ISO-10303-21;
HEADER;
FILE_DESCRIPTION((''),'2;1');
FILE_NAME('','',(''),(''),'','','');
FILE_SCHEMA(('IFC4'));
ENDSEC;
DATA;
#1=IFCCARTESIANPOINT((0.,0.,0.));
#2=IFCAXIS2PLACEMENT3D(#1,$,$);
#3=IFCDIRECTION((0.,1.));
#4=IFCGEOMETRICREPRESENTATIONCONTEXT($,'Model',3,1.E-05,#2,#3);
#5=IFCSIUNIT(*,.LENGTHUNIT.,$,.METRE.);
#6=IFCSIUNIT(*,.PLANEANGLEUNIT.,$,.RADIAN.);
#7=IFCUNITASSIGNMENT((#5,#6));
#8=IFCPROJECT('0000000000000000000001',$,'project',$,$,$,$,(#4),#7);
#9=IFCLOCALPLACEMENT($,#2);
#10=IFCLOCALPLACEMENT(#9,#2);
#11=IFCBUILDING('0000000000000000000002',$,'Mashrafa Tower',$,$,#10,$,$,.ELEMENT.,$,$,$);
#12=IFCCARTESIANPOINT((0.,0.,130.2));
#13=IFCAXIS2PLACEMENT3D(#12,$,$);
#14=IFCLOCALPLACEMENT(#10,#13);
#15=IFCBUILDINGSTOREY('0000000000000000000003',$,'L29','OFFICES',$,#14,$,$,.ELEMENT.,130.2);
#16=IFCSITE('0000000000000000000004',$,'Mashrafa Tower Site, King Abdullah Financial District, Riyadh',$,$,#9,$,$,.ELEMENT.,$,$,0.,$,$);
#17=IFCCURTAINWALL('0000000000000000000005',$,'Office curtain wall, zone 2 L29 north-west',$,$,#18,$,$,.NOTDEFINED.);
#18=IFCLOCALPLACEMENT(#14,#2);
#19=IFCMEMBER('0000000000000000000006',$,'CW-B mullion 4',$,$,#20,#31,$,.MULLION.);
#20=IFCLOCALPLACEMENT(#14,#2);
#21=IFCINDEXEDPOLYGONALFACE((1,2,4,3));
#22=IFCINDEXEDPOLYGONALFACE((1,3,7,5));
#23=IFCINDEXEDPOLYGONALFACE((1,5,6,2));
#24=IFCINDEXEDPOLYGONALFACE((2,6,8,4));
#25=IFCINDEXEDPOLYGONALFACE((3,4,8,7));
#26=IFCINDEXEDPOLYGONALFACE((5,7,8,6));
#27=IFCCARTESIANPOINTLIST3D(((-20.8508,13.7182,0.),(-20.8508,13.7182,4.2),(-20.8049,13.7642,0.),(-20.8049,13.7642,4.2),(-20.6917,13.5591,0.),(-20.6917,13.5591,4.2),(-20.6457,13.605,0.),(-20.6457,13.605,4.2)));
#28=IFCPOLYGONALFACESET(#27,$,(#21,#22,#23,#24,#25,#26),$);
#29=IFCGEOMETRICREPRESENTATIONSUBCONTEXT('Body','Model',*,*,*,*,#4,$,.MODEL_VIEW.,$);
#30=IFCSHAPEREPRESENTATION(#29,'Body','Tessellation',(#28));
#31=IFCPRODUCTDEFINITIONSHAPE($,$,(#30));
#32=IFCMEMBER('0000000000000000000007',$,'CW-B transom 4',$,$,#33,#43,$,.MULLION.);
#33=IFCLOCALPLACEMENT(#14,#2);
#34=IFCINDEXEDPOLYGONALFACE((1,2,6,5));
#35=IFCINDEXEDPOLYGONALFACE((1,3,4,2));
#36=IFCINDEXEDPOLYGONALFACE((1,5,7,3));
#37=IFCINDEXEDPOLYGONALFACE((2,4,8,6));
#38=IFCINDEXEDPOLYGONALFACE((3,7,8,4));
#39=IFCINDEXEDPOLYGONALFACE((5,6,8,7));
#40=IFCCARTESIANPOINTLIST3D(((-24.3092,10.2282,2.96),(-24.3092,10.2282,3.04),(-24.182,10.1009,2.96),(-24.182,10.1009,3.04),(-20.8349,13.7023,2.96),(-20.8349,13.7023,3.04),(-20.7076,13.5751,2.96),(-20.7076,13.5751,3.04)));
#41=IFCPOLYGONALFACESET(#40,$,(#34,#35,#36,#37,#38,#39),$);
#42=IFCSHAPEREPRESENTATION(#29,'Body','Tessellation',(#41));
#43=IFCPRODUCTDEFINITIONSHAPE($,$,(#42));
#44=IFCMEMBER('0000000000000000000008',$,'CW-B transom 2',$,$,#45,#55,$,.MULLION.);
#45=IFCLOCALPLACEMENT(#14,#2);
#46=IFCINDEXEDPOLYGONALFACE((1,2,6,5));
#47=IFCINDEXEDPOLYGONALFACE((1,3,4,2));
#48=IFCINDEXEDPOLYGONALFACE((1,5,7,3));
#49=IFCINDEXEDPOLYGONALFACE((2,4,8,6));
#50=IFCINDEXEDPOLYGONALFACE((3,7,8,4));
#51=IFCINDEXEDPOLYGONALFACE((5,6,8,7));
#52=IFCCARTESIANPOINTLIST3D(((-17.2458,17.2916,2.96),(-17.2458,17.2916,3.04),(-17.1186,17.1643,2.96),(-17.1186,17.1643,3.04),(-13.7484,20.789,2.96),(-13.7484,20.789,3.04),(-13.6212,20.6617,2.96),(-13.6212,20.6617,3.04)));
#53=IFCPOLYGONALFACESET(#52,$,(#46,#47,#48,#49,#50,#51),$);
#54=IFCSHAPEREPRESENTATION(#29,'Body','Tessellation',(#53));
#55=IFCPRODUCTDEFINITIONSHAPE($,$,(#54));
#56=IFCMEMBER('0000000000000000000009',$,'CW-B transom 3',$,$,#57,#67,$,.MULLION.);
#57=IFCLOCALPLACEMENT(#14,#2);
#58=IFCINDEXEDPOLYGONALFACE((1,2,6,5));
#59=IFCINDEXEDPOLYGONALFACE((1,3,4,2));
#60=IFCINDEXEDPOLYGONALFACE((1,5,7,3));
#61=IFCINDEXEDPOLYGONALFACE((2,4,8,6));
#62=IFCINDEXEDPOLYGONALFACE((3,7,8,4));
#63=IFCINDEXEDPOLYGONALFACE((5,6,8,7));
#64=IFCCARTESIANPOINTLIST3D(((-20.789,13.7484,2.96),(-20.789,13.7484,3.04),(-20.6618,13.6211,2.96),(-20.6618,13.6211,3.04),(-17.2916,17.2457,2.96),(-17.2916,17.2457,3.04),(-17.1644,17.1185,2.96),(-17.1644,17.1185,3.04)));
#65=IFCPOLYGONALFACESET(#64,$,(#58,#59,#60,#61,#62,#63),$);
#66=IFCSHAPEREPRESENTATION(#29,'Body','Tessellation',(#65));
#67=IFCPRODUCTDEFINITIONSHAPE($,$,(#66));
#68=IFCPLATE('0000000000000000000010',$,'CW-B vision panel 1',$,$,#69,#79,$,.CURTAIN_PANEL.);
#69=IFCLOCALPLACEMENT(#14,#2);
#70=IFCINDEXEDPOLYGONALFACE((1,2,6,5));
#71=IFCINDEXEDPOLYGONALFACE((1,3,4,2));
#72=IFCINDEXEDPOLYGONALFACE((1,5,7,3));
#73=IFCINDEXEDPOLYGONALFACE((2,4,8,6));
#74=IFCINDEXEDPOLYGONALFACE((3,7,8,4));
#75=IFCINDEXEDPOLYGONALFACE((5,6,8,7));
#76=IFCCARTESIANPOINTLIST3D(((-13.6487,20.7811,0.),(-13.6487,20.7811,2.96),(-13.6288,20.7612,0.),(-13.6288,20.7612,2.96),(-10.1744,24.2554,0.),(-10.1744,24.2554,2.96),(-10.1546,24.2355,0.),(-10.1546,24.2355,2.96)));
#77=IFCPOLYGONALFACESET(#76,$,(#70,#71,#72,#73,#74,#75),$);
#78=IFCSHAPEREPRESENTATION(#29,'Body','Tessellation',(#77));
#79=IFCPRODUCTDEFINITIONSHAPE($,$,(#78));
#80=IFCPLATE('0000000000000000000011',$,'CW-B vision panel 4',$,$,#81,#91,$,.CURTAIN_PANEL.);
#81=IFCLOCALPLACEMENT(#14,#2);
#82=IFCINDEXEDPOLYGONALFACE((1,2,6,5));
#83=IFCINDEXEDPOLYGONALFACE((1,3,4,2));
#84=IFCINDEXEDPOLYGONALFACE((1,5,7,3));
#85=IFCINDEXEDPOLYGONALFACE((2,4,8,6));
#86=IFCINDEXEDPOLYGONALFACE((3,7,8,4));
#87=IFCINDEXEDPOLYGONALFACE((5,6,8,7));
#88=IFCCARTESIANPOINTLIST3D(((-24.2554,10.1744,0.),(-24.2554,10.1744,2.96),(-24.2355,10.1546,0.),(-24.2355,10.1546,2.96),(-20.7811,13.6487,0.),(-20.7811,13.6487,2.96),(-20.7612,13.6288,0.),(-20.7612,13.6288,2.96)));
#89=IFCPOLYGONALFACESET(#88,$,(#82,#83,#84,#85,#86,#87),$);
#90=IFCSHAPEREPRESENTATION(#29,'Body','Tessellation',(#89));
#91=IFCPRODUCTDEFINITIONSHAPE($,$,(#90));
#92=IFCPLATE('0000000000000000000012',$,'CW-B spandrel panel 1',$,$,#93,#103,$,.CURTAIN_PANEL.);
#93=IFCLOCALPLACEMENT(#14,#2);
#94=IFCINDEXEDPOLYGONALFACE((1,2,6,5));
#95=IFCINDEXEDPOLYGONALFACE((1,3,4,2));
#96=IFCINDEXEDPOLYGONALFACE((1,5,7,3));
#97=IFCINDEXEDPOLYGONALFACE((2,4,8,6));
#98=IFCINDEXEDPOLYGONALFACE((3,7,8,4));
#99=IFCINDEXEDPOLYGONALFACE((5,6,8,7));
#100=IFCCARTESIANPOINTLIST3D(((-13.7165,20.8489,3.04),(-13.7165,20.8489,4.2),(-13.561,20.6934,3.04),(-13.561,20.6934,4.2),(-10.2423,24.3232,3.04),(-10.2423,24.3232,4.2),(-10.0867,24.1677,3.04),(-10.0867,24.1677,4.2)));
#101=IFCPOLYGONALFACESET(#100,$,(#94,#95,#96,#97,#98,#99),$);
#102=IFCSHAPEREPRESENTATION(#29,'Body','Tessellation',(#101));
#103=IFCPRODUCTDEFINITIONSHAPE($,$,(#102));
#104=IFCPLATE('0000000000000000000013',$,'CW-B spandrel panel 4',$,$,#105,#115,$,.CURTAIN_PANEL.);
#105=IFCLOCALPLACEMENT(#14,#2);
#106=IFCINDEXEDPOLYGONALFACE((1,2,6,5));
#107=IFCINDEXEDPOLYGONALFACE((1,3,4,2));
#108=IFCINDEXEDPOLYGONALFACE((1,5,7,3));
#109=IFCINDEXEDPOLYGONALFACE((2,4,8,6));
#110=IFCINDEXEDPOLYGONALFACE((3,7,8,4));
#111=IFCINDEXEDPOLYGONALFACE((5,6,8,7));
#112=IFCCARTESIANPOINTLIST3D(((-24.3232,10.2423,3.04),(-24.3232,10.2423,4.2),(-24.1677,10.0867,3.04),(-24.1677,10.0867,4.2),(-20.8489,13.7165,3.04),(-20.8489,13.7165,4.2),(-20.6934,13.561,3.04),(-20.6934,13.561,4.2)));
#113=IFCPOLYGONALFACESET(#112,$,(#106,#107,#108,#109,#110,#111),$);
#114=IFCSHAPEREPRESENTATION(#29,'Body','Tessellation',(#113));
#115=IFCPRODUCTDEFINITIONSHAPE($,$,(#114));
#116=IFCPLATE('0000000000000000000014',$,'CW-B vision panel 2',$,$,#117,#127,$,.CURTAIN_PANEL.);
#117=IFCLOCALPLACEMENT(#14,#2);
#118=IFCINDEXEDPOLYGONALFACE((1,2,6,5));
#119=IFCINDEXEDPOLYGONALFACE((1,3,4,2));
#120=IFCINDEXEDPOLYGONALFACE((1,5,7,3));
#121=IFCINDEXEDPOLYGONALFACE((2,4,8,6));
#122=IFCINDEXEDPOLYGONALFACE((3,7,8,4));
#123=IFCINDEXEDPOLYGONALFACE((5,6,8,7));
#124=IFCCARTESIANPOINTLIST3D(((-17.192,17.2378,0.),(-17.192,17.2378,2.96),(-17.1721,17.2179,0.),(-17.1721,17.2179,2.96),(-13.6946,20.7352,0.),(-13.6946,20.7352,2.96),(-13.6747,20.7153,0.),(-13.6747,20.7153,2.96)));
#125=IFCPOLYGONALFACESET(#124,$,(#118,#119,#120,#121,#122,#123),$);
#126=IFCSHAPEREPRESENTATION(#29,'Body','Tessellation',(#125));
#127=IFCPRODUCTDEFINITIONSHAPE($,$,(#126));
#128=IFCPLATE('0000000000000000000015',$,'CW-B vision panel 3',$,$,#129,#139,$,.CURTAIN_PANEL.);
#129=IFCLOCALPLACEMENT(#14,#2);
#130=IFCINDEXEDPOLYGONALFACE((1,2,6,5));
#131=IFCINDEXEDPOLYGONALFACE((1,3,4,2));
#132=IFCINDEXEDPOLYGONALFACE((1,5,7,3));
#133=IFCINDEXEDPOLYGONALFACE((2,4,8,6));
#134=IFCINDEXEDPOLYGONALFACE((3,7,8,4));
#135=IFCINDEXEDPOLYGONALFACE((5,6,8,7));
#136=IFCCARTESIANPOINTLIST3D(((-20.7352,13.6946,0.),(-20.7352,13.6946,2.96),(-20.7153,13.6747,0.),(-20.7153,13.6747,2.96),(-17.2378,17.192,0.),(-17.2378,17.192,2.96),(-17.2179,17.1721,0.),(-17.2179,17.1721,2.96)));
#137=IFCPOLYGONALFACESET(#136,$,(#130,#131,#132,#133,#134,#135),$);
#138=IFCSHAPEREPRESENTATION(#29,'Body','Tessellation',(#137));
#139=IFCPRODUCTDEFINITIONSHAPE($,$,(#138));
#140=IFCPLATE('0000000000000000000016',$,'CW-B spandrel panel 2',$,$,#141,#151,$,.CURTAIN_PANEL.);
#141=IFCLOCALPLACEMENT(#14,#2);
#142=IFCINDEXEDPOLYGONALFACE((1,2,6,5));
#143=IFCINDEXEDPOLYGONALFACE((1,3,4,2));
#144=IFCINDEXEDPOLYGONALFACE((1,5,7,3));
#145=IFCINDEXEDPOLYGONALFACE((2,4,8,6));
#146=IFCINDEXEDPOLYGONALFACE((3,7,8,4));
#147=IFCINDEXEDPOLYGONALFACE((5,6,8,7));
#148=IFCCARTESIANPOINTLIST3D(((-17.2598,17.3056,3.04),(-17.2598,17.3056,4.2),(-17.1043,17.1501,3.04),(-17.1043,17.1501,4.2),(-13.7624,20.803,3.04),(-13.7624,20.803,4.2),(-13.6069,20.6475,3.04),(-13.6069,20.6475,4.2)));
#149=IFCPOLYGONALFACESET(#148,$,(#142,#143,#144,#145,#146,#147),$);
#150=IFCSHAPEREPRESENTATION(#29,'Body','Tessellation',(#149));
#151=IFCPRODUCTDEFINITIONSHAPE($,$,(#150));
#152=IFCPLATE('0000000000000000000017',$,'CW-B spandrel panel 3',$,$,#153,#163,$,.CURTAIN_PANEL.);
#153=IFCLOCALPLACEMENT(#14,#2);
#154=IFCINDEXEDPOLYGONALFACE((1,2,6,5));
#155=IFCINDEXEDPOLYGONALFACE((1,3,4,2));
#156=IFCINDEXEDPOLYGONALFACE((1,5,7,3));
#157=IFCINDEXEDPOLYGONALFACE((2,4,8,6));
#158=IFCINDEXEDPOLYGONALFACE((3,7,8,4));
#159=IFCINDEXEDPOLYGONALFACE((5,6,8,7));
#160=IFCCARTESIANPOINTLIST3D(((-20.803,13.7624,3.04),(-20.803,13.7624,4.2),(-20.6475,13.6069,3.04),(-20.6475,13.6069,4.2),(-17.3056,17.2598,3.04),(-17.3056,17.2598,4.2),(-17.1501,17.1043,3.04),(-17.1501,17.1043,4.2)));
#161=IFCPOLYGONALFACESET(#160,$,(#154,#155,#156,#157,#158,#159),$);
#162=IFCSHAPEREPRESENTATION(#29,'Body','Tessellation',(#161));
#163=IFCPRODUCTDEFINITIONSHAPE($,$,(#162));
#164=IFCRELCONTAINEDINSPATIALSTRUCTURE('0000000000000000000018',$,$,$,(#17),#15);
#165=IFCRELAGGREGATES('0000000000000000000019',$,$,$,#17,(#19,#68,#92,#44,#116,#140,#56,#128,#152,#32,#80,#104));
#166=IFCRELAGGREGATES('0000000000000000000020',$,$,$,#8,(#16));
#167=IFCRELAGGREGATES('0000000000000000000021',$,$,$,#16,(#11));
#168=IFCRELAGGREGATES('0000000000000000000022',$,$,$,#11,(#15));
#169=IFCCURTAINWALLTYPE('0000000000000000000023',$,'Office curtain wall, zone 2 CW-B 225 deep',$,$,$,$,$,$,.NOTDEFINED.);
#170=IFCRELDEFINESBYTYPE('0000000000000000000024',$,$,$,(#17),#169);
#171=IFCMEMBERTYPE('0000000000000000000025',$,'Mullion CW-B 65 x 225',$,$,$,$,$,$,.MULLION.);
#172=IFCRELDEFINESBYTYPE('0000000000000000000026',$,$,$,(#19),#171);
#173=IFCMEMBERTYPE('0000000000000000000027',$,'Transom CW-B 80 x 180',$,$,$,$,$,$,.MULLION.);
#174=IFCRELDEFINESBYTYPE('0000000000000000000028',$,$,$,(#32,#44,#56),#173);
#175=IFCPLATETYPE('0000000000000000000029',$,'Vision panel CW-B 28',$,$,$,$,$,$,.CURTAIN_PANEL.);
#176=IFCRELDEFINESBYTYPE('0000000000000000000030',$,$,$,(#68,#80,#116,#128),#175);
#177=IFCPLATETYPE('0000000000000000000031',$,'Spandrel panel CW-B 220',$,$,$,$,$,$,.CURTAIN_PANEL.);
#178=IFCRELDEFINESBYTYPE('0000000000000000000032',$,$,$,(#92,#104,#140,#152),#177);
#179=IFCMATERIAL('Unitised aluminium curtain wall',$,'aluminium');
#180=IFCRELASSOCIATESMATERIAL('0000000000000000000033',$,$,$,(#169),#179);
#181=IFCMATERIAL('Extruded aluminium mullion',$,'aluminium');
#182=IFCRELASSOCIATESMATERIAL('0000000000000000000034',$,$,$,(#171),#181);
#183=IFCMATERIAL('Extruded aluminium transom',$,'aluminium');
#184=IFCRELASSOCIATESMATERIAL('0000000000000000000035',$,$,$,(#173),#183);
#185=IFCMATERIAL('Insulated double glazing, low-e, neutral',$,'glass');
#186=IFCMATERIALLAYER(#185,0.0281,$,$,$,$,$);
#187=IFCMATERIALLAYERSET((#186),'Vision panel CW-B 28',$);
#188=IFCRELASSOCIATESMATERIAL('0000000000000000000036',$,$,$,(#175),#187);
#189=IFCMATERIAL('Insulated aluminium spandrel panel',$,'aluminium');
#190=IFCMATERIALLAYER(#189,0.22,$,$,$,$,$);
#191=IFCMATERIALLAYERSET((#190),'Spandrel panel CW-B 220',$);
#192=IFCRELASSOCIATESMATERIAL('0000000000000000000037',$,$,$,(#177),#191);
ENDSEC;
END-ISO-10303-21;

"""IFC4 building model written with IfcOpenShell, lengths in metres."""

from ifc_helpers import new_model, si_unit, direction, frame, origin, origin_2d, place, context, subcontext, project, spatial, rectangle, extrude, source, transform, mapped, material, layer, layer_set, material_profile, profile_set, type_object, type_shapes, element, aggregate, save


model = new_model("IFC4")

# Units and contexts
model_context = context("Model", 3, precision=1e-05, world=origin(), true_north=direction((0.0, 1.0)))
body_context = subcontext(model_context, "Body", "Model", "MODEL_VIEW")
ifc_project = project(units=[si_unit("LENGTHUNIT", "METRE"), si_unit("PLANEANGLEUNIT", "RADIAN")], contexts=[model_context])

# Site, building, storey
site_placement = place(None, origin())
site = spatial("IfcSite", under=ifc_project, at=site_placement, Name="Mashrafa Tower Site, King Abdullah Financial District, Riyadh", CompositionType="ELEMENT", RefElevation=0.0)
building_placement = place(site_placement, origin())
building = spatial("IfcBuilding", under=site, at=building_placement, Name="Mashrafa Tower", CompositionType="ELEMENT")
storey_placement = place(building_placement, frame((0.0, 0.0, 130.2)))
storey = spatial("IfcBuildingStorey", under=building, at=storey_placement, Name="L29", Description="OFFICES", CompositionType="ELEMENT", Elevation=130.2)

# Curtain wall, members, plates
ifc_material_1 = material(Name="Unitised aluminium curtain wall", Category="aluminium")
curtain_wall_type = type_object("IfcCurtainWallType", Name="Office curtain wall, zone 2 CW-B 225 deep", PredefinedType="NOTDEFINED", material=ifc_material_1)
curtain_wall_placement = place(storey_placement, origin())
curtain_wall = element("IfcCurtainWall", 1, at=curtain_wall_placement, inside=storey, type_object=curtain_wall_type, Name="Office curtain wall, zone 2 L29 north-west", PredefinedType="NOTDEFINED")
ifc_material_2 = material(Name="Extruded aluminium mullion", Category="aluminium")
ifc_material_profile_1 = material_profile(ifc_material_2, rectangle(XDim=0.2251, YDim=0.0649, at=origin_2d()), Name="Mullion 65x225")
ifc_profile_set_1 = profile_set([ifc_material_profile_1], Name="Extruded aluminium mullion")
member_type_1 = type_object("IfcMemberType", Name="Mullion CW-B 65 x 225", PredefinedType="MULLION", material=ifc_profile_set_1)
shared_shape_1 = source(origin(), body_context, "Body", "SweptSolid", [
    extrude(rectangle(XDim=0.2251, YDim=0.0649, at=origin_2d()), origin(), (0.0, 0.0, 1.0), 4.2),
])
type_shapes(member_type_1, [shared_shape_1])
member_1_placement = place(storey_placement, frame((-20.7483, 13.6616, 0.0), z_axis=(0.0, 0.0, 1.0), x_axis=(0.707107, -0.707107, 0.0)))
member_1 = element("IfcMember", 2, at=member_1_placement, type_object=member_type_1, Name="CW-B mullion 4", PredefinedType="MULLION", context=body_context, shape_type="MappedRepresentation", body=[
    mapped(shared_shape_1, transform((0.0, 0.0, 0.0))),
])
ifc_material_3 = material(Name="Extruded aluminium transom", Category="aluminium")
ifc_material_profile_2 = material_profile(ifc_material_3, rectangle(XDim=0.1799, YDim=0.0801, at=origin_2d()), Name="Transom 80x180")
ifc_profile_set_2 = profile_set([ifc_material_profile_2], Name="Extruded aluminium transom")
member_type_2 = type_object("IfcMemberType", Name="Transom CW-B 80 x 180", PredefinedType="MULLION", material=ifc_profile_set_2)
shared_shape_2 = source(origin(), body_context, "Body", "SweptSolid", [
    extrude(rectangle(XDim=0.1799, YDim=0.0801, at=origin_2d()), origin(), (0.0, 0.0, 1.0), 4.9133),
])
member_2_placement = place(storey_placement, frame((-20.7712, 13.6387, 3.0), z_axis=(-0.707132, -0.707082, 0.0), x_axis=(0.707082, -0.707132, 0.0)))
member_2 = element("IfcMember", 3, at=member_2_placement, type_object=member_type_2, Name="CW-B transom 4", PredefinedType="MULLION", context=body_context, shape_type="MappedRepresentation", body=[
    mapped(shared_shape_2, transform((0.0, 0.0, 0.0))),
])
shared_shape_3 = source(origin(), body_context, "Body", "SweptSolid", [
    extrude(rectangle(XDim=0.1799, YDim=0.0801, at=origin_2d()), origin(), (0.0, 0.0, 1.0), 4.946),
])
type_shapes(member_type_2, [shared_shape_2, shared_shape_3])
member_3_placement = place(storey_placement, frame((-13.6848, 20.7253, 3.0), z_axis=(-0.707107, -0.707107, 0.0), x_axis=(0.707107, -0.707107, 0.0)))
member_3 = element("IfcMember", 4, at=member_3_placement, type_object=member_type_2, Name="CW-B transom 2", PredefinedType="MULLION", context=body_context, shape_type="MappedRepresentation", body=[
    mapped(shared_shape_3, transform((0.0, 0.0, 0.0))),
])
member_4_placement = place(storey_placement, frame((-17.228, 17.1821, 3.0), z_axis=(-0.707107, -0.707107, 0.0), x_axis=(0.707107, -0.707107, 0.0)))
member_4 = element("IfcMember", 5, at=member_4_placement, type_object=member_type_2, Name="CW-B transom 3", PredefinedType="MULLION", context=body_context, shape_type="MappedRepresentation", body=[
    mapped(shared_shape_3, transform((0.0, 0.0, 0.0))),
])
ifc_material_4 = material(Name="Insulated double glazing, low-e, neutral", Category="glass")
ifc_layer_1 = layer(ifc_material_4, 0.0281)
ifc_layer_set_1 = layer_set([ifc_layer_1], Name="Vision panel CW-B 28")
plate_type_1 = type_object("IfcPlateType", Name="Vision panel CW-B 28", PredefinedType="CURTAIN_PANEL", material=ifc_layer_set_1)
shared_shape_4 = source(origin(), body_context, "Body", "SweptSolid", [
    extrude(rectangle(XDim=4.9133, YDim=0.0281, at=origin_2d()), origin(), (0.0, 0.0, 1.0), 2.96),
])
plate_1_placement = place(storey_placement, frame((-11.9016, 22.5083, 0.0), z_axis=(0.0, 0.0, 1.0), x_axis=(-0.707107, -0.707107, 0.0)))
plate_1 = element("IfcPlate", 6, at=plate_1_placement, type_object=plate_type_1, Name="CW-B vision panel 1", PredefinedType="CURTAIN_PANEL", context=body_context, shape_type="MappedRepresentation", body=[
    mapped(shared_shape_4, transform((0.0, 0.0, 0.0))),
])
plate_2_placement = place(storey_placement, frame((-22.5083, 11.9016, 0.0), z_axis=(0.0, 0.0, 1.0), x_axis=(-0.707107, -0.707107, 0.0)))
plate_2 = element("IfcPlate", 7, at=plate_2_placement, type_object=plate_type_1, Name="CW-B vision panel 4", PredefinedType="CURTAIN_PANEL", context=body_context, shape_type="MappedRepresentation", body=[
    mapped(shared_shape_4, transform((0.0, 0.0, 0.0))),
])
ifc_material_5 = material(Name="Insulated aluminium spandrel panel", Category="aluminium")
ifc_layer_2 = layer(ifc_material_5, 0.22)
ifc_layer_set_2 = layer_set([ifc_layer_2], Name="Spandrel panel CW-B 220")
plate_type_2 = type_object("IfcPlateType", Name="Spandrel panel CW-B 220", PredefinedType="CURTAIN_PANEL", material=ifc_layer_set_2)
shared_shape_5 = source(origin(), body_context, "Body", "SweptSolid", [
    extrude(rectangle(XDim=4.9133, YDim=0.22, at=origin_2d()), origin(), (0.0, 0.0, 1.0), 1.1599),
])
plate_3_placement = place(storey_placement, frame((-11.9016, 22.5083, 3.04), z_axis=(0.0, 0.0, 1.0), x_axis=(-0.707107, -0.707107, 0.0)))
plate_3 = element("IfcPlate", 8, at=plate_3_placement, type_object=plate_type_2, Name="CW-B spandrel panel 1", PredefinedType="CURTAIN_PANEL", context=body_context, shape_type="MappedRepresentation", body=[
    mapped(shared_shape_5, transform((0.0, 0.0, 0.0))),
])
plate_4_placement = place(storey_placement, frame((-22.5083, 11.9016, 3.04), z_axis=(0.0, 0.0, 1.0), x_axis=(-0.707107, -0.707107, 0.0)))
plate_4 = element("IfcPlate", 9, at=plate_4_placement, type_object=plate_type_2, Name="CW-B spandrel panel 4", PredefinedType="CURTAIN_PANEL", context=body_context, shape_type="MappedRepresentation", body=[
    mapped(shared_shape_5, transform((0.0, 0.0, 0.0))),
])
shared_shape_6 = source(origin(), body_context, "Body", "SweptSolid", [
    extrude(rectangle(XDim=4.946, YDim=0.0281, at=origin_2d()), origin(), (0.0, 0.0, 1.0), 2.96),
])
type_shapes(plate_type_1, [shared_shape_4, shared_shape_6])
plate_5_placement = place(storey_placement, frame((-15.4333, 18.9766, 0.0), z_axis=(0.0, 0.0, 1.0), x_axis=(-0.707107, -0.707107, 0.0)))
plate_5 = element("IfcPlate", 10, at=plate_5_placement, type_object=plate_type_1, Name="CW-B vision panel 2", PredefinedType="CURTAIN_PANEL", context=body_context, shape_type="MappedRepresentation", body=[
    mapped(shared_shape_6, transform((0.0, 0.0, 0.0))),
])
plate_6_placement = place(storey_placement, frame((-18.9766, 15.4333, 0.0), z_axis=(0.0, 0.0, 1.0), x_axis=(-0.707107, -0.707107, 0.0)))
plate_6 = element("IfcPlate", 11, at=plate_6_placement, type_object=plate_type_1, Name="CW-B vision panel 3", PredefinedType="CURTAIN_PANEL", context=body_context, shape_type="MappedRepresentation", body=[
    mapped(shared_shape_6, transform((0.0, 0.0, 0.0))),
])
shared_shape_7 = source(origin(), body_context, "Body", "SweptSolid", [
    extrude(rectangle(XDim=4.946, YDim=0.22, at=origin_2d()), origin(), (0.0, 0.0, 1.0), 1.1599),
])
type_shapes(plate_type_2, [shared_shape_5, shared_shape_7])
plate_7_placement = place(storey_placement, frame((-15.4333, 18.9766, 3.04), z_axis=(0.0, 0.0, 1.0), x_axis=(-0.707107, -0.707107, 0.0)))
plate_7 = element("IfcPlate", 12, at=plate_7_placement, type_object=plate_type_2, Name="CW-B spandrel panel 2", PredefinedType="CURTAIN_PANEL", context=body_context, shape_type="MappedRepresentation", body=[
    mapped(shared_shape_7, transform((0.0, 0.0, 0.0))),
])
plate_8_placement = place(storey_placement, frame((-18.9766, 15.4333, 3.04), z_axis=(0.0, 0.0, 1.0), x_axis=(-0.707107, -0.707107, 0.0)))
plate_8 = element("IfcPlate", 13, at=plate_8_placement, type_object=plate_type_2, Name="CW-B spandrel panel 3", PredefinedType="CURTAIN_PANEL", context=body_context, shape_type="MappedRepresentation", body=[
    mapped(shared_shape_7, transform((0.0, 0.0, 0.0))),
])
aggregate(curtain_wall, [member_1, plate_1, plate_3, member_3, plate_5, plate_7, member_4, plate_6, plate_8, member_2, plate_2, plate_4])

save(model, "model.ifc")
